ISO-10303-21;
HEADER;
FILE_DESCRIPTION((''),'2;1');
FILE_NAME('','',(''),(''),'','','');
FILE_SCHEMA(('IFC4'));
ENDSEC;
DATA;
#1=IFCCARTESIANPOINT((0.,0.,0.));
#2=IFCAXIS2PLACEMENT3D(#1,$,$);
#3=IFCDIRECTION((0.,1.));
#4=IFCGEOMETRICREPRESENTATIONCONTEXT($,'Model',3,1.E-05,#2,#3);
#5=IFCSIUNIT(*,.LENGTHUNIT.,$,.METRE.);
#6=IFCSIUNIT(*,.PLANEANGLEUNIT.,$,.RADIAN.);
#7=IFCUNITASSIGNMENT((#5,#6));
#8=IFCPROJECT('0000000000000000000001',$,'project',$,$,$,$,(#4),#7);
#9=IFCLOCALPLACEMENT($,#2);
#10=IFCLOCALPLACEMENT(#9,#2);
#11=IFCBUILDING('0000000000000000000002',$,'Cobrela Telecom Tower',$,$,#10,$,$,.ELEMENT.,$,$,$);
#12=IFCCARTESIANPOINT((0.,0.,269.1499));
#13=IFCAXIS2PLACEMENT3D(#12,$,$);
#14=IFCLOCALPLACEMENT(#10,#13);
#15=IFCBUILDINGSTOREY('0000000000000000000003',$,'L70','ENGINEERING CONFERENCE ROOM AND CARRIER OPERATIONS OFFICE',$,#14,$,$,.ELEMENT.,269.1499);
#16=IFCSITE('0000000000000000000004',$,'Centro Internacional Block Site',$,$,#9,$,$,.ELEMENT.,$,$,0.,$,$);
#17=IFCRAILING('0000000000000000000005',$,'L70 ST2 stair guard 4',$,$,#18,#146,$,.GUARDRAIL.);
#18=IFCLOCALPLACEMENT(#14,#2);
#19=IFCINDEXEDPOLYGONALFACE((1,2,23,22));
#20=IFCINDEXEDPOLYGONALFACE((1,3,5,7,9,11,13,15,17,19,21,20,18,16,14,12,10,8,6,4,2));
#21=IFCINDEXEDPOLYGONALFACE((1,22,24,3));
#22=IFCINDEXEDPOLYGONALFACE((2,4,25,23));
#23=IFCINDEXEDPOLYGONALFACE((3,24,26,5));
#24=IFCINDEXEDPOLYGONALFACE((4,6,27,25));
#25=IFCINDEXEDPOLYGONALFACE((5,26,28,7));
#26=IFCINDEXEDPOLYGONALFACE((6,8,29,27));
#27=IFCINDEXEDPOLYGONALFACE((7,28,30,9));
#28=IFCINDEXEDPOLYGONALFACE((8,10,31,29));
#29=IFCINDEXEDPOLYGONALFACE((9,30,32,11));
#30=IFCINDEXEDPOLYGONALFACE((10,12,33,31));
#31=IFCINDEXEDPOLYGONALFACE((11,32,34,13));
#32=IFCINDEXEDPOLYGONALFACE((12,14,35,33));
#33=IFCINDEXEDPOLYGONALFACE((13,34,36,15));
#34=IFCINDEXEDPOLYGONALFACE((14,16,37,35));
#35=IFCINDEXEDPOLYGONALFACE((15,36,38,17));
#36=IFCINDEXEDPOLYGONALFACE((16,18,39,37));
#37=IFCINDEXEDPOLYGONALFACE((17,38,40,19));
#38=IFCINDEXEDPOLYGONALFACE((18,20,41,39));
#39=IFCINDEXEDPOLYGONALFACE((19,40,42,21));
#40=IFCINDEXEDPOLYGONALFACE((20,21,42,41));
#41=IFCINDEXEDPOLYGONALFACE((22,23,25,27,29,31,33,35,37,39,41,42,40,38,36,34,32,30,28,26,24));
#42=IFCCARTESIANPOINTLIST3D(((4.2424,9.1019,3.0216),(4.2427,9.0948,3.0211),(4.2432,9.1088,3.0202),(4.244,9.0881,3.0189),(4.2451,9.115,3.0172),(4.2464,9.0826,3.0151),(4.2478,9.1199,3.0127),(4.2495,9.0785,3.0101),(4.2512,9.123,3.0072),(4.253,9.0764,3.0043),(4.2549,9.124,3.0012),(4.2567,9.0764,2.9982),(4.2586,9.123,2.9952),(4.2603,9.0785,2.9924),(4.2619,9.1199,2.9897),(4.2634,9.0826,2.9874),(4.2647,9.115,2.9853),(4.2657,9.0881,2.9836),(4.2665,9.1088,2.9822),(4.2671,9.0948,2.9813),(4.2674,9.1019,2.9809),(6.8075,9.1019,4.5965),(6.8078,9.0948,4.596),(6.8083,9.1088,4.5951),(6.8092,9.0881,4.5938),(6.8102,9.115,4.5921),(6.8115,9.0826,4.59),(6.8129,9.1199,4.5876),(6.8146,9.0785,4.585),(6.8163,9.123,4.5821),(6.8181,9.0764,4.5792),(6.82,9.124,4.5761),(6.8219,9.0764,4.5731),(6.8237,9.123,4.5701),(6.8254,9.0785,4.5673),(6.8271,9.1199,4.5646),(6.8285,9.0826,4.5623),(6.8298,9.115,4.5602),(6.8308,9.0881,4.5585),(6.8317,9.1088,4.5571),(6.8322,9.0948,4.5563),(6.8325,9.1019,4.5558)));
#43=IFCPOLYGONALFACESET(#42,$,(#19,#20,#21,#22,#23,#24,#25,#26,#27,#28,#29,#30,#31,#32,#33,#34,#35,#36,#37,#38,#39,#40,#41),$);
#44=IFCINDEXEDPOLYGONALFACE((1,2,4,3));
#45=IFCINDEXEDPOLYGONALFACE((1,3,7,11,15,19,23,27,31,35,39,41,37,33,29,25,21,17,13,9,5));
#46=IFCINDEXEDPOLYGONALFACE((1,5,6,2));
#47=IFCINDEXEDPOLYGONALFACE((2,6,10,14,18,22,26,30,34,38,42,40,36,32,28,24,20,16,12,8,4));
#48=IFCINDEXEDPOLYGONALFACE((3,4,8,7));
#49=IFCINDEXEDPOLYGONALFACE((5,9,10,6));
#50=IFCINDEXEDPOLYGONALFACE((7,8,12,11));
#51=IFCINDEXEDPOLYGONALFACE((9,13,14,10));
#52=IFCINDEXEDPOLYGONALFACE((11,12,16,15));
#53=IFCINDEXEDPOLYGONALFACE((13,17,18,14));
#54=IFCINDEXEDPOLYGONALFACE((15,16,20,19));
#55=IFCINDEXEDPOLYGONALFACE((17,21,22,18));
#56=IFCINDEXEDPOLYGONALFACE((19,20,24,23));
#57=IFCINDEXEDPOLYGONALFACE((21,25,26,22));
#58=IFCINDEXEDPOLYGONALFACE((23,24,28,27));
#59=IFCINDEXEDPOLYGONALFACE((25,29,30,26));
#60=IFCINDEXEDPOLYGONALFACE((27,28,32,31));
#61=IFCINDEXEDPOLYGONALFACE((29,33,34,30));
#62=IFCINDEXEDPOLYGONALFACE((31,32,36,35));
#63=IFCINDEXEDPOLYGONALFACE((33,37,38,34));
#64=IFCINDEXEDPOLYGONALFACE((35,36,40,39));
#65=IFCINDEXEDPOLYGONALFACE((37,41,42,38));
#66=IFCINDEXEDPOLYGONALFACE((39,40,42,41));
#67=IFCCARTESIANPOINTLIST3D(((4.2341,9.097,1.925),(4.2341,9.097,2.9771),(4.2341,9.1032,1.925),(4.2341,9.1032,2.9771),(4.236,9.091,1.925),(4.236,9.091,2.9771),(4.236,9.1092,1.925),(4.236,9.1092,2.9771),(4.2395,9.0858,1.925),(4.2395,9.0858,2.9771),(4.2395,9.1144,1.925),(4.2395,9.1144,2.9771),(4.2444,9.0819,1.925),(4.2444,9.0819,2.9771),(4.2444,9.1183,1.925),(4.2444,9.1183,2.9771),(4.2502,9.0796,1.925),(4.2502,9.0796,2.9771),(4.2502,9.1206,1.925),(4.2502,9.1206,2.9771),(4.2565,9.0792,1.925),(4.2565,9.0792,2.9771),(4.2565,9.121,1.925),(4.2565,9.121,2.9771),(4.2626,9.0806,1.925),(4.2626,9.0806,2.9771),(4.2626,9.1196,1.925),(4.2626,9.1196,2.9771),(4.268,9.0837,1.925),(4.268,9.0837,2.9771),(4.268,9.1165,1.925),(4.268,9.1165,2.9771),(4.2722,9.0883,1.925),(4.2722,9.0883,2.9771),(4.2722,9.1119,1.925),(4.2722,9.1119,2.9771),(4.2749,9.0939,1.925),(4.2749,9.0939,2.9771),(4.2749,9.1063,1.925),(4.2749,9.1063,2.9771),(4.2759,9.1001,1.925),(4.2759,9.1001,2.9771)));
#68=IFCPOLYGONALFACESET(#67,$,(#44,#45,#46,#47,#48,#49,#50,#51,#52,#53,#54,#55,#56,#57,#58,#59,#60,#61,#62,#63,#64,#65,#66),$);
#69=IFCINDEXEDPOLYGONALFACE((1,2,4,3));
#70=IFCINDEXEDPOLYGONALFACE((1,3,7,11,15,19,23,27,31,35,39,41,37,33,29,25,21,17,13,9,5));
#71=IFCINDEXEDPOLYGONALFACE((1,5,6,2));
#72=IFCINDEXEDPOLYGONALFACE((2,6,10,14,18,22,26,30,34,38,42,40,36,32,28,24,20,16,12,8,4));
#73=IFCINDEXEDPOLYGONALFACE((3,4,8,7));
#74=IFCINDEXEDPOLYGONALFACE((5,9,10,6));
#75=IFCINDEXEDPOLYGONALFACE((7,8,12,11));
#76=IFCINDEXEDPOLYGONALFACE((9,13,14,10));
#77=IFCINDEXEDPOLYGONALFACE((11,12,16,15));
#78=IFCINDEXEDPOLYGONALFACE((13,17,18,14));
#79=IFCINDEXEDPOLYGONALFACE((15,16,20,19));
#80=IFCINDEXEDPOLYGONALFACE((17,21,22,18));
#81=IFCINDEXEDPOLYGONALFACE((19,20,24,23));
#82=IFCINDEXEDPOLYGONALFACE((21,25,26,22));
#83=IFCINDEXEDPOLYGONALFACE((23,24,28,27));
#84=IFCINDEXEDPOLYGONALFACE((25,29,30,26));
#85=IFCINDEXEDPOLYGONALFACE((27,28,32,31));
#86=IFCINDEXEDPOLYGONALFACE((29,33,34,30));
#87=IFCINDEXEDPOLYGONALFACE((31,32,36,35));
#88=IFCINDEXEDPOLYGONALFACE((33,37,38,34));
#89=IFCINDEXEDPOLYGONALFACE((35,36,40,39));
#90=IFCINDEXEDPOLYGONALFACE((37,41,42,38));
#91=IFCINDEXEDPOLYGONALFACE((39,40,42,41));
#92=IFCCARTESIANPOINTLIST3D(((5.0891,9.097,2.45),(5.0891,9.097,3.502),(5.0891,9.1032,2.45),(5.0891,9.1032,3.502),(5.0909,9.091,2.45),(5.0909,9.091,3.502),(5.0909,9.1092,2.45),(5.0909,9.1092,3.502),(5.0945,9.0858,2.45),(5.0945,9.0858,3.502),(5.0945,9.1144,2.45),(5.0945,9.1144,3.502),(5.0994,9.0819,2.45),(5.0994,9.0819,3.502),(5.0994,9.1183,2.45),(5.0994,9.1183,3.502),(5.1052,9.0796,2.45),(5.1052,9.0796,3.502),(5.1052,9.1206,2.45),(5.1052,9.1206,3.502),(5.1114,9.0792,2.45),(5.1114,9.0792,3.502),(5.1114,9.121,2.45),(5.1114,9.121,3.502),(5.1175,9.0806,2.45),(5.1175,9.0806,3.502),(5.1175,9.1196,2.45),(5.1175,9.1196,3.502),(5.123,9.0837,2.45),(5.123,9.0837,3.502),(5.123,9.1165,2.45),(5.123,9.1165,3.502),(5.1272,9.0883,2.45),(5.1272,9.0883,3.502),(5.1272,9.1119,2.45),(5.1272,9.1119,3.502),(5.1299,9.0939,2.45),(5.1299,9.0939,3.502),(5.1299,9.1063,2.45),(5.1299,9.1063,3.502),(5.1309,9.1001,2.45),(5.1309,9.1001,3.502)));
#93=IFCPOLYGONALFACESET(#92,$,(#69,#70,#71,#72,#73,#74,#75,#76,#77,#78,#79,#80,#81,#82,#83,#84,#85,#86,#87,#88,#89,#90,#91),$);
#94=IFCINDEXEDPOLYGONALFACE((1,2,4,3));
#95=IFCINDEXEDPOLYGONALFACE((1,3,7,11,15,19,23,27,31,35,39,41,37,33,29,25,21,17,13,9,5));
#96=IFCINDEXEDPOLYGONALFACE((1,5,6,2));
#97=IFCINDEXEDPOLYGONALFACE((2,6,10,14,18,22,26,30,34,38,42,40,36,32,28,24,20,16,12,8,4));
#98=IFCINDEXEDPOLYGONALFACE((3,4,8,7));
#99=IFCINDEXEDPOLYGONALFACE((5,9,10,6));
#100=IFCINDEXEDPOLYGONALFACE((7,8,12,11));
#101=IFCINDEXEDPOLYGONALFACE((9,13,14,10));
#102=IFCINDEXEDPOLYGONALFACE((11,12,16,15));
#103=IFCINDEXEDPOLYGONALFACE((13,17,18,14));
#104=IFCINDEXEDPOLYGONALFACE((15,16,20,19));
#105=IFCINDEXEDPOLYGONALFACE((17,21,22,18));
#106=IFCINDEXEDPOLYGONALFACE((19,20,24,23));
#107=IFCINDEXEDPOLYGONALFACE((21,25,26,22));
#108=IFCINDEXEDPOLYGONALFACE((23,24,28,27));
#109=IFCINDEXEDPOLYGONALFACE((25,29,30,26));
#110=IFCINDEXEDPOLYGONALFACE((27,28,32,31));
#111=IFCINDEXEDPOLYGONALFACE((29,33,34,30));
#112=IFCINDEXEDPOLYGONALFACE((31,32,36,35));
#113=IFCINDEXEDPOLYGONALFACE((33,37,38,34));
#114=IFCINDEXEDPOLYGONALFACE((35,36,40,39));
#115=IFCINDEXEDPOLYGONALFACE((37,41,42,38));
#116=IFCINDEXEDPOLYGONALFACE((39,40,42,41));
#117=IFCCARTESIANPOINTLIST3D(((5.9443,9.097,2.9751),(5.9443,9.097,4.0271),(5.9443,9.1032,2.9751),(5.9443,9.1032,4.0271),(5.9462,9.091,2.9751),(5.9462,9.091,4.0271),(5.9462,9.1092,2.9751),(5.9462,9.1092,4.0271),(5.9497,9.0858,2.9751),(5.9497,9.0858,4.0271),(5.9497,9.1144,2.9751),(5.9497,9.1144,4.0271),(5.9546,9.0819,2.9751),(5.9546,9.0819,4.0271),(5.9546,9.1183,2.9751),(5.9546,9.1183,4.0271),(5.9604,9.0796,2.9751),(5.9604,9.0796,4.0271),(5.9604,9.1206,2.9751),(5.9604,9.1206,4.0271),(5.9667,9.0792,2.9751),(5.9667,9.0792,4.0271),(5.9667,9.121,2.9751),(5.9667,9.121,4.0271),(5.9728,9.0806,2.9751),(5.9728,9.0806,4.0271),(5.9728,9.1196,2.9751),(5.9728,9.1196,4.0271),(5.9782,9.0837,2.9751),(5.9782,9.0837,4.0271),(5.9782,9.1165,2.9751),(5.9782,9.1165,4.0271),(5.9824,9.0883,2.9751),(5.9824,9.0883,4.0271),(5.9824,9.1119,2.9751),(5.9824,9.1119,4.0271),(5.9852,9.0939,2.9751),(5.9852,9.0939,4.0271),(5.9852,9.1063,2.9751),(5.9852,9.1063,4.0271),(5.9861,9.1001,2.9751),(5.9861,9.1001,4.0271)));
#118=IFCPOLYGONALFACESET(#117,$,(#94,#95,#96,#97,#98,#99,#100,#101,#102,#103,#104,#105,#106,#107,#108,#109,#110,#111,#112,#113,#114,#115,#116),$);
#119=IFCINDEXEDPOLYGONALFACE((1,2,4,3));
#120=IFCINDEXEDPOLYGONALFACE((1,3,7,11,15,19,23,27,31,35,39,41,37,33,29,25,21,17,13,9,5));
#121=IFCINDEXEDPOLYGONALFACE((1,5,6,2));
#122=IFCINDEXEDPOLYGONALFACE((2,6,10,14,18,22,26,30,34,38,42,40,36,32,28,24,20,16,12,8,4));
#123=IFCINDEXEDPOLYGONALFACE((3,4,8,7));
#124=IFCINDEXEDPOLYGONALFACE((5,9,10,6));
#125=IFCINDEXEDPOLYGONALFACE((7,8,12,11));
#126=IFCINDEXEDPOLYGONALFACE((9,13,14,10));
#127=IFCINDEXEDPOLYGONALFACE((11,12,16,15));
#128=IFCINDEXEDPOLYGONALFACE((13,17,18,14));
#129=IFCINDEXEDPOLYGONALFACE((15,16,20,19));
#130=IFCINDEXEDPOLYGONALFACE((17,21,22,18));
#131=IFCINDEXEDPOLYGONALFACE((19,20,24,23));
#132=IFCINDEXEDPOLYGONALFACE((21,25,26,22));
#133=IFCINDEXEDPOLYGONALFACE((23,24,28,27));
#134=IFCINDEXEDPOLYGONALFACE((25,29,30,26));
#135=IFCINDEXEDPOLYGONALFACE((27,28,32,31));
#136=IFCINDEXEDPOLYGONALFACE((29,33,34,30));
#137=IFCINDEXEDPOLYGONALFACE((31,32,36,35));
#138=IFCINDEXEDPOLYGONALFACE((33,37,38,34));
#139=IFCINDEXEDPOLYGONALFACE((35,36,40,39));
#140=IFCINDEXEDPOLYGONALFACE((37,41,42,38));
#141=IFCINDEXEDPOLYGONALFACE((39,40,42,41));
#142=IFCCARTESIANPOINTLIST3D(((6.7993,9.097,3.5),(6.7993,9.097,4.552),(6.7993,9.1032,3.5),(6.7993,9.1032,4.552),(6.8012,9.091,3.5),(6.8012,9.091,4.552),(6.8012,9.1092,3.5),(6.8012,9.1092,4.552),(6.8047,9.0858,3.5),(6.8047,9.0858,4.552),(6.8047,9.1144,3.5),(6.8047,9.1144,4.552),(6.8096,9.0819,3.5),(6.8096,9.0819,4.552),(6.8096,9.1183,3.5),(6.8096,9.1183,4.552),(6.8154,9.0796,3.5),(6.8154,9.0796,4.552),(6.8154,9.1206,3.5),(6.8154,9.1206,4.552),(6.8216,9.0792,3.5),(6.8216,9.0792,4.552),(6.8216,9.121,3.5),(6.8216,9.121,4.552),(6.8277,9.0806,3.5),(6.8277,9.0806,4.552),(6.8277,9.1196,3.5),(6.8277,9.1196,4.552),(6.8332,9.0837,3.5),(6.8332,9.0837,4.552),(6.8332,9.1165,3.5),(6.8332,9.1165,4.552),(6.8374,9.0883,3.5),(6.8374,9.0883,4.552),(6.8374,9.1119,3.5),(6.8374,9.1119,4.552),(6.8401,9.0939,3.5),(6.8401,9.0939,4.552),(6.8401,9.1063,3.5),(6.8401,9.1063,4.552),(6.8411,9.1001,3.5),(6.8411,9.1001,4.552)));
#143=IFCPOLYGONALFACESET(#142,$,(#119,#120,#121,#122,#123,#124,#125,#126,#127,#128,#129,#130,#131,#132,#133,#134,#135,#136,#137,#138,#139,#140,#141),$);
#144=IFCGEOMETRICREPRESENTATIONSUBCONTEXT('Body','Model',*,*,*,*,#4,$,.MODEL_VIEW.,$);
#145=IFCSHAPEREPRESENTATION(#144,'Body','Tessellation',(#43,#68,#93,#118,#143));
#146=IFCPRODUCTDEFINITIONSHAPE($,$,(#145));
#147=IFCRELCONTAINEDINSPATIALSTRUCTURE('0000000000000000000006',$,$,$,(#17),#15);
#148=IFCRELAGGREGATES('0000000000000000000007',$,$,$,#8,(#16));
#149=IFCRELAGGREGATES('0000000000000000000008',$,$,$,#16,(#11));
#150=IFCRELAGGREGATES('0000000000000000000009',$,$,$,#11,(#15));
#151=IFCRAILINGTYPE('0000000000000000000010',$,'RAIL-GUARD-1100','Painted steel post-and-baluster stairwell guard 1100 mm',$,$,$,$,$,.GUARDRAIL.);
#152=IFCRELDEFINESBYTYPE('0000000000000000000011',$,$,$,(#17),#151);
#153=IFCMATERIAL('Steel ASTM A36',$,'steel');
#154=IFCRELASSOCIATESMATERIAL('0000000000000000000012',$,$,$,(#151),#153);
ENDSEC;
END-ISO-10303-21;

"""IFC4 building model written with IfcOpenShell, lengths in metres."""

from ifc_helpers import new_model, si_unit, direction, frame, origin, origin_2d, place, context, subcontext, project, spatial, circle, extrude, material, type_object, element, save


model = new_model("IFC4")

# Units and contexts
model_context = context("Model", 3, precision=1e-05, world=origin(), true_north=direction((0.0, 1.0)))
body_context = subcontext(model_context, "Body", "Model", "MODEL_VIEW")
ifc_project = project(units=[si_unit("LENGTHUNIT", "METRE"), si_unit("PLANEANGLEUNIT", "RADIAN")], contexts=[model_context])

# Site, building, storey
site_placement = place(None, origin())
site = spatial("IfcSite", under=ifc_project, at=site_placement, Name="Centro Internacional Block Site", CompositionType="ELEMENT", RefElevation=0.0)
building_placement = place(site_placement, origin())
building = spatial("IfcBuilding", under=site, at=building_placement, Name="Cobrela Telecom Tower", CompositionType="ELEMENT")
storey_placement = place(building_placement, frame((0.0, 0.0, 269.1499)))
storey = spatial("IfcBuildingStorey", under=building, at=storey_placement, Name="L70", Description="ENGINEERING CONFERENCE ROOM AND CARRIER OPERATIONS OFFICE", CompositionType="ELEMENT", Elevation=269.1499)

# Railing
ifc_material_1 = material(Name="Steel ASTM A36", Category="steel")
railing_type_1 = type_object("IfcRailingType", Name="RAIL-GUARD-1100", Description="Painted steel post-and-baluster stairwell guard 1100 mm", PredefinedType="GUARDRAIL", material=ifc_material_1)
railing_1_placement = place(storey_placement, frame((4.2549, 9.1001, 1.925)))
element("IfcRailing", 1, at=railing_1_placement, inside=storey, type_object=railing_type_1, Name="L70 ST2 stair guard 4", PredefinedType="GUARDRAIL", context=body_context, shape_type="SweptSolid", body=[
    extrude(circle(Radius=0.0239, at=origin_2d()), frame((0.0, 0.0, 1.0762), z_axis=(0.852195, 0.0, 0.523224), x_axis=(0.0, 1.0, 0.0)), (0.0, 0.0, 1.0), 3.01),
    extrude(circle(Radius=0.021, at=origin_2d()), origin(), (0.0, 0.0, 1.0), 1.052),
    extrude(circle(Radius=0.021, at=origin_2d()), frame((0.855, 0.0, 0.5249)), (0.0, 0.0, 1.0), 1.052),
    extrude(circle(Radius=0.021, at=origin_2d()), frame((1.7102, 0.0, 1.05)), (0.0, 0.0, 1.0), 1.052),
    extrude(circle(Radius=0.021, at=origin_2d()), frame((2.5652, 0.0, 1.575)), (0.0, 0.0, 1.0), 1.052),
])

save(model, "model.ifc")
